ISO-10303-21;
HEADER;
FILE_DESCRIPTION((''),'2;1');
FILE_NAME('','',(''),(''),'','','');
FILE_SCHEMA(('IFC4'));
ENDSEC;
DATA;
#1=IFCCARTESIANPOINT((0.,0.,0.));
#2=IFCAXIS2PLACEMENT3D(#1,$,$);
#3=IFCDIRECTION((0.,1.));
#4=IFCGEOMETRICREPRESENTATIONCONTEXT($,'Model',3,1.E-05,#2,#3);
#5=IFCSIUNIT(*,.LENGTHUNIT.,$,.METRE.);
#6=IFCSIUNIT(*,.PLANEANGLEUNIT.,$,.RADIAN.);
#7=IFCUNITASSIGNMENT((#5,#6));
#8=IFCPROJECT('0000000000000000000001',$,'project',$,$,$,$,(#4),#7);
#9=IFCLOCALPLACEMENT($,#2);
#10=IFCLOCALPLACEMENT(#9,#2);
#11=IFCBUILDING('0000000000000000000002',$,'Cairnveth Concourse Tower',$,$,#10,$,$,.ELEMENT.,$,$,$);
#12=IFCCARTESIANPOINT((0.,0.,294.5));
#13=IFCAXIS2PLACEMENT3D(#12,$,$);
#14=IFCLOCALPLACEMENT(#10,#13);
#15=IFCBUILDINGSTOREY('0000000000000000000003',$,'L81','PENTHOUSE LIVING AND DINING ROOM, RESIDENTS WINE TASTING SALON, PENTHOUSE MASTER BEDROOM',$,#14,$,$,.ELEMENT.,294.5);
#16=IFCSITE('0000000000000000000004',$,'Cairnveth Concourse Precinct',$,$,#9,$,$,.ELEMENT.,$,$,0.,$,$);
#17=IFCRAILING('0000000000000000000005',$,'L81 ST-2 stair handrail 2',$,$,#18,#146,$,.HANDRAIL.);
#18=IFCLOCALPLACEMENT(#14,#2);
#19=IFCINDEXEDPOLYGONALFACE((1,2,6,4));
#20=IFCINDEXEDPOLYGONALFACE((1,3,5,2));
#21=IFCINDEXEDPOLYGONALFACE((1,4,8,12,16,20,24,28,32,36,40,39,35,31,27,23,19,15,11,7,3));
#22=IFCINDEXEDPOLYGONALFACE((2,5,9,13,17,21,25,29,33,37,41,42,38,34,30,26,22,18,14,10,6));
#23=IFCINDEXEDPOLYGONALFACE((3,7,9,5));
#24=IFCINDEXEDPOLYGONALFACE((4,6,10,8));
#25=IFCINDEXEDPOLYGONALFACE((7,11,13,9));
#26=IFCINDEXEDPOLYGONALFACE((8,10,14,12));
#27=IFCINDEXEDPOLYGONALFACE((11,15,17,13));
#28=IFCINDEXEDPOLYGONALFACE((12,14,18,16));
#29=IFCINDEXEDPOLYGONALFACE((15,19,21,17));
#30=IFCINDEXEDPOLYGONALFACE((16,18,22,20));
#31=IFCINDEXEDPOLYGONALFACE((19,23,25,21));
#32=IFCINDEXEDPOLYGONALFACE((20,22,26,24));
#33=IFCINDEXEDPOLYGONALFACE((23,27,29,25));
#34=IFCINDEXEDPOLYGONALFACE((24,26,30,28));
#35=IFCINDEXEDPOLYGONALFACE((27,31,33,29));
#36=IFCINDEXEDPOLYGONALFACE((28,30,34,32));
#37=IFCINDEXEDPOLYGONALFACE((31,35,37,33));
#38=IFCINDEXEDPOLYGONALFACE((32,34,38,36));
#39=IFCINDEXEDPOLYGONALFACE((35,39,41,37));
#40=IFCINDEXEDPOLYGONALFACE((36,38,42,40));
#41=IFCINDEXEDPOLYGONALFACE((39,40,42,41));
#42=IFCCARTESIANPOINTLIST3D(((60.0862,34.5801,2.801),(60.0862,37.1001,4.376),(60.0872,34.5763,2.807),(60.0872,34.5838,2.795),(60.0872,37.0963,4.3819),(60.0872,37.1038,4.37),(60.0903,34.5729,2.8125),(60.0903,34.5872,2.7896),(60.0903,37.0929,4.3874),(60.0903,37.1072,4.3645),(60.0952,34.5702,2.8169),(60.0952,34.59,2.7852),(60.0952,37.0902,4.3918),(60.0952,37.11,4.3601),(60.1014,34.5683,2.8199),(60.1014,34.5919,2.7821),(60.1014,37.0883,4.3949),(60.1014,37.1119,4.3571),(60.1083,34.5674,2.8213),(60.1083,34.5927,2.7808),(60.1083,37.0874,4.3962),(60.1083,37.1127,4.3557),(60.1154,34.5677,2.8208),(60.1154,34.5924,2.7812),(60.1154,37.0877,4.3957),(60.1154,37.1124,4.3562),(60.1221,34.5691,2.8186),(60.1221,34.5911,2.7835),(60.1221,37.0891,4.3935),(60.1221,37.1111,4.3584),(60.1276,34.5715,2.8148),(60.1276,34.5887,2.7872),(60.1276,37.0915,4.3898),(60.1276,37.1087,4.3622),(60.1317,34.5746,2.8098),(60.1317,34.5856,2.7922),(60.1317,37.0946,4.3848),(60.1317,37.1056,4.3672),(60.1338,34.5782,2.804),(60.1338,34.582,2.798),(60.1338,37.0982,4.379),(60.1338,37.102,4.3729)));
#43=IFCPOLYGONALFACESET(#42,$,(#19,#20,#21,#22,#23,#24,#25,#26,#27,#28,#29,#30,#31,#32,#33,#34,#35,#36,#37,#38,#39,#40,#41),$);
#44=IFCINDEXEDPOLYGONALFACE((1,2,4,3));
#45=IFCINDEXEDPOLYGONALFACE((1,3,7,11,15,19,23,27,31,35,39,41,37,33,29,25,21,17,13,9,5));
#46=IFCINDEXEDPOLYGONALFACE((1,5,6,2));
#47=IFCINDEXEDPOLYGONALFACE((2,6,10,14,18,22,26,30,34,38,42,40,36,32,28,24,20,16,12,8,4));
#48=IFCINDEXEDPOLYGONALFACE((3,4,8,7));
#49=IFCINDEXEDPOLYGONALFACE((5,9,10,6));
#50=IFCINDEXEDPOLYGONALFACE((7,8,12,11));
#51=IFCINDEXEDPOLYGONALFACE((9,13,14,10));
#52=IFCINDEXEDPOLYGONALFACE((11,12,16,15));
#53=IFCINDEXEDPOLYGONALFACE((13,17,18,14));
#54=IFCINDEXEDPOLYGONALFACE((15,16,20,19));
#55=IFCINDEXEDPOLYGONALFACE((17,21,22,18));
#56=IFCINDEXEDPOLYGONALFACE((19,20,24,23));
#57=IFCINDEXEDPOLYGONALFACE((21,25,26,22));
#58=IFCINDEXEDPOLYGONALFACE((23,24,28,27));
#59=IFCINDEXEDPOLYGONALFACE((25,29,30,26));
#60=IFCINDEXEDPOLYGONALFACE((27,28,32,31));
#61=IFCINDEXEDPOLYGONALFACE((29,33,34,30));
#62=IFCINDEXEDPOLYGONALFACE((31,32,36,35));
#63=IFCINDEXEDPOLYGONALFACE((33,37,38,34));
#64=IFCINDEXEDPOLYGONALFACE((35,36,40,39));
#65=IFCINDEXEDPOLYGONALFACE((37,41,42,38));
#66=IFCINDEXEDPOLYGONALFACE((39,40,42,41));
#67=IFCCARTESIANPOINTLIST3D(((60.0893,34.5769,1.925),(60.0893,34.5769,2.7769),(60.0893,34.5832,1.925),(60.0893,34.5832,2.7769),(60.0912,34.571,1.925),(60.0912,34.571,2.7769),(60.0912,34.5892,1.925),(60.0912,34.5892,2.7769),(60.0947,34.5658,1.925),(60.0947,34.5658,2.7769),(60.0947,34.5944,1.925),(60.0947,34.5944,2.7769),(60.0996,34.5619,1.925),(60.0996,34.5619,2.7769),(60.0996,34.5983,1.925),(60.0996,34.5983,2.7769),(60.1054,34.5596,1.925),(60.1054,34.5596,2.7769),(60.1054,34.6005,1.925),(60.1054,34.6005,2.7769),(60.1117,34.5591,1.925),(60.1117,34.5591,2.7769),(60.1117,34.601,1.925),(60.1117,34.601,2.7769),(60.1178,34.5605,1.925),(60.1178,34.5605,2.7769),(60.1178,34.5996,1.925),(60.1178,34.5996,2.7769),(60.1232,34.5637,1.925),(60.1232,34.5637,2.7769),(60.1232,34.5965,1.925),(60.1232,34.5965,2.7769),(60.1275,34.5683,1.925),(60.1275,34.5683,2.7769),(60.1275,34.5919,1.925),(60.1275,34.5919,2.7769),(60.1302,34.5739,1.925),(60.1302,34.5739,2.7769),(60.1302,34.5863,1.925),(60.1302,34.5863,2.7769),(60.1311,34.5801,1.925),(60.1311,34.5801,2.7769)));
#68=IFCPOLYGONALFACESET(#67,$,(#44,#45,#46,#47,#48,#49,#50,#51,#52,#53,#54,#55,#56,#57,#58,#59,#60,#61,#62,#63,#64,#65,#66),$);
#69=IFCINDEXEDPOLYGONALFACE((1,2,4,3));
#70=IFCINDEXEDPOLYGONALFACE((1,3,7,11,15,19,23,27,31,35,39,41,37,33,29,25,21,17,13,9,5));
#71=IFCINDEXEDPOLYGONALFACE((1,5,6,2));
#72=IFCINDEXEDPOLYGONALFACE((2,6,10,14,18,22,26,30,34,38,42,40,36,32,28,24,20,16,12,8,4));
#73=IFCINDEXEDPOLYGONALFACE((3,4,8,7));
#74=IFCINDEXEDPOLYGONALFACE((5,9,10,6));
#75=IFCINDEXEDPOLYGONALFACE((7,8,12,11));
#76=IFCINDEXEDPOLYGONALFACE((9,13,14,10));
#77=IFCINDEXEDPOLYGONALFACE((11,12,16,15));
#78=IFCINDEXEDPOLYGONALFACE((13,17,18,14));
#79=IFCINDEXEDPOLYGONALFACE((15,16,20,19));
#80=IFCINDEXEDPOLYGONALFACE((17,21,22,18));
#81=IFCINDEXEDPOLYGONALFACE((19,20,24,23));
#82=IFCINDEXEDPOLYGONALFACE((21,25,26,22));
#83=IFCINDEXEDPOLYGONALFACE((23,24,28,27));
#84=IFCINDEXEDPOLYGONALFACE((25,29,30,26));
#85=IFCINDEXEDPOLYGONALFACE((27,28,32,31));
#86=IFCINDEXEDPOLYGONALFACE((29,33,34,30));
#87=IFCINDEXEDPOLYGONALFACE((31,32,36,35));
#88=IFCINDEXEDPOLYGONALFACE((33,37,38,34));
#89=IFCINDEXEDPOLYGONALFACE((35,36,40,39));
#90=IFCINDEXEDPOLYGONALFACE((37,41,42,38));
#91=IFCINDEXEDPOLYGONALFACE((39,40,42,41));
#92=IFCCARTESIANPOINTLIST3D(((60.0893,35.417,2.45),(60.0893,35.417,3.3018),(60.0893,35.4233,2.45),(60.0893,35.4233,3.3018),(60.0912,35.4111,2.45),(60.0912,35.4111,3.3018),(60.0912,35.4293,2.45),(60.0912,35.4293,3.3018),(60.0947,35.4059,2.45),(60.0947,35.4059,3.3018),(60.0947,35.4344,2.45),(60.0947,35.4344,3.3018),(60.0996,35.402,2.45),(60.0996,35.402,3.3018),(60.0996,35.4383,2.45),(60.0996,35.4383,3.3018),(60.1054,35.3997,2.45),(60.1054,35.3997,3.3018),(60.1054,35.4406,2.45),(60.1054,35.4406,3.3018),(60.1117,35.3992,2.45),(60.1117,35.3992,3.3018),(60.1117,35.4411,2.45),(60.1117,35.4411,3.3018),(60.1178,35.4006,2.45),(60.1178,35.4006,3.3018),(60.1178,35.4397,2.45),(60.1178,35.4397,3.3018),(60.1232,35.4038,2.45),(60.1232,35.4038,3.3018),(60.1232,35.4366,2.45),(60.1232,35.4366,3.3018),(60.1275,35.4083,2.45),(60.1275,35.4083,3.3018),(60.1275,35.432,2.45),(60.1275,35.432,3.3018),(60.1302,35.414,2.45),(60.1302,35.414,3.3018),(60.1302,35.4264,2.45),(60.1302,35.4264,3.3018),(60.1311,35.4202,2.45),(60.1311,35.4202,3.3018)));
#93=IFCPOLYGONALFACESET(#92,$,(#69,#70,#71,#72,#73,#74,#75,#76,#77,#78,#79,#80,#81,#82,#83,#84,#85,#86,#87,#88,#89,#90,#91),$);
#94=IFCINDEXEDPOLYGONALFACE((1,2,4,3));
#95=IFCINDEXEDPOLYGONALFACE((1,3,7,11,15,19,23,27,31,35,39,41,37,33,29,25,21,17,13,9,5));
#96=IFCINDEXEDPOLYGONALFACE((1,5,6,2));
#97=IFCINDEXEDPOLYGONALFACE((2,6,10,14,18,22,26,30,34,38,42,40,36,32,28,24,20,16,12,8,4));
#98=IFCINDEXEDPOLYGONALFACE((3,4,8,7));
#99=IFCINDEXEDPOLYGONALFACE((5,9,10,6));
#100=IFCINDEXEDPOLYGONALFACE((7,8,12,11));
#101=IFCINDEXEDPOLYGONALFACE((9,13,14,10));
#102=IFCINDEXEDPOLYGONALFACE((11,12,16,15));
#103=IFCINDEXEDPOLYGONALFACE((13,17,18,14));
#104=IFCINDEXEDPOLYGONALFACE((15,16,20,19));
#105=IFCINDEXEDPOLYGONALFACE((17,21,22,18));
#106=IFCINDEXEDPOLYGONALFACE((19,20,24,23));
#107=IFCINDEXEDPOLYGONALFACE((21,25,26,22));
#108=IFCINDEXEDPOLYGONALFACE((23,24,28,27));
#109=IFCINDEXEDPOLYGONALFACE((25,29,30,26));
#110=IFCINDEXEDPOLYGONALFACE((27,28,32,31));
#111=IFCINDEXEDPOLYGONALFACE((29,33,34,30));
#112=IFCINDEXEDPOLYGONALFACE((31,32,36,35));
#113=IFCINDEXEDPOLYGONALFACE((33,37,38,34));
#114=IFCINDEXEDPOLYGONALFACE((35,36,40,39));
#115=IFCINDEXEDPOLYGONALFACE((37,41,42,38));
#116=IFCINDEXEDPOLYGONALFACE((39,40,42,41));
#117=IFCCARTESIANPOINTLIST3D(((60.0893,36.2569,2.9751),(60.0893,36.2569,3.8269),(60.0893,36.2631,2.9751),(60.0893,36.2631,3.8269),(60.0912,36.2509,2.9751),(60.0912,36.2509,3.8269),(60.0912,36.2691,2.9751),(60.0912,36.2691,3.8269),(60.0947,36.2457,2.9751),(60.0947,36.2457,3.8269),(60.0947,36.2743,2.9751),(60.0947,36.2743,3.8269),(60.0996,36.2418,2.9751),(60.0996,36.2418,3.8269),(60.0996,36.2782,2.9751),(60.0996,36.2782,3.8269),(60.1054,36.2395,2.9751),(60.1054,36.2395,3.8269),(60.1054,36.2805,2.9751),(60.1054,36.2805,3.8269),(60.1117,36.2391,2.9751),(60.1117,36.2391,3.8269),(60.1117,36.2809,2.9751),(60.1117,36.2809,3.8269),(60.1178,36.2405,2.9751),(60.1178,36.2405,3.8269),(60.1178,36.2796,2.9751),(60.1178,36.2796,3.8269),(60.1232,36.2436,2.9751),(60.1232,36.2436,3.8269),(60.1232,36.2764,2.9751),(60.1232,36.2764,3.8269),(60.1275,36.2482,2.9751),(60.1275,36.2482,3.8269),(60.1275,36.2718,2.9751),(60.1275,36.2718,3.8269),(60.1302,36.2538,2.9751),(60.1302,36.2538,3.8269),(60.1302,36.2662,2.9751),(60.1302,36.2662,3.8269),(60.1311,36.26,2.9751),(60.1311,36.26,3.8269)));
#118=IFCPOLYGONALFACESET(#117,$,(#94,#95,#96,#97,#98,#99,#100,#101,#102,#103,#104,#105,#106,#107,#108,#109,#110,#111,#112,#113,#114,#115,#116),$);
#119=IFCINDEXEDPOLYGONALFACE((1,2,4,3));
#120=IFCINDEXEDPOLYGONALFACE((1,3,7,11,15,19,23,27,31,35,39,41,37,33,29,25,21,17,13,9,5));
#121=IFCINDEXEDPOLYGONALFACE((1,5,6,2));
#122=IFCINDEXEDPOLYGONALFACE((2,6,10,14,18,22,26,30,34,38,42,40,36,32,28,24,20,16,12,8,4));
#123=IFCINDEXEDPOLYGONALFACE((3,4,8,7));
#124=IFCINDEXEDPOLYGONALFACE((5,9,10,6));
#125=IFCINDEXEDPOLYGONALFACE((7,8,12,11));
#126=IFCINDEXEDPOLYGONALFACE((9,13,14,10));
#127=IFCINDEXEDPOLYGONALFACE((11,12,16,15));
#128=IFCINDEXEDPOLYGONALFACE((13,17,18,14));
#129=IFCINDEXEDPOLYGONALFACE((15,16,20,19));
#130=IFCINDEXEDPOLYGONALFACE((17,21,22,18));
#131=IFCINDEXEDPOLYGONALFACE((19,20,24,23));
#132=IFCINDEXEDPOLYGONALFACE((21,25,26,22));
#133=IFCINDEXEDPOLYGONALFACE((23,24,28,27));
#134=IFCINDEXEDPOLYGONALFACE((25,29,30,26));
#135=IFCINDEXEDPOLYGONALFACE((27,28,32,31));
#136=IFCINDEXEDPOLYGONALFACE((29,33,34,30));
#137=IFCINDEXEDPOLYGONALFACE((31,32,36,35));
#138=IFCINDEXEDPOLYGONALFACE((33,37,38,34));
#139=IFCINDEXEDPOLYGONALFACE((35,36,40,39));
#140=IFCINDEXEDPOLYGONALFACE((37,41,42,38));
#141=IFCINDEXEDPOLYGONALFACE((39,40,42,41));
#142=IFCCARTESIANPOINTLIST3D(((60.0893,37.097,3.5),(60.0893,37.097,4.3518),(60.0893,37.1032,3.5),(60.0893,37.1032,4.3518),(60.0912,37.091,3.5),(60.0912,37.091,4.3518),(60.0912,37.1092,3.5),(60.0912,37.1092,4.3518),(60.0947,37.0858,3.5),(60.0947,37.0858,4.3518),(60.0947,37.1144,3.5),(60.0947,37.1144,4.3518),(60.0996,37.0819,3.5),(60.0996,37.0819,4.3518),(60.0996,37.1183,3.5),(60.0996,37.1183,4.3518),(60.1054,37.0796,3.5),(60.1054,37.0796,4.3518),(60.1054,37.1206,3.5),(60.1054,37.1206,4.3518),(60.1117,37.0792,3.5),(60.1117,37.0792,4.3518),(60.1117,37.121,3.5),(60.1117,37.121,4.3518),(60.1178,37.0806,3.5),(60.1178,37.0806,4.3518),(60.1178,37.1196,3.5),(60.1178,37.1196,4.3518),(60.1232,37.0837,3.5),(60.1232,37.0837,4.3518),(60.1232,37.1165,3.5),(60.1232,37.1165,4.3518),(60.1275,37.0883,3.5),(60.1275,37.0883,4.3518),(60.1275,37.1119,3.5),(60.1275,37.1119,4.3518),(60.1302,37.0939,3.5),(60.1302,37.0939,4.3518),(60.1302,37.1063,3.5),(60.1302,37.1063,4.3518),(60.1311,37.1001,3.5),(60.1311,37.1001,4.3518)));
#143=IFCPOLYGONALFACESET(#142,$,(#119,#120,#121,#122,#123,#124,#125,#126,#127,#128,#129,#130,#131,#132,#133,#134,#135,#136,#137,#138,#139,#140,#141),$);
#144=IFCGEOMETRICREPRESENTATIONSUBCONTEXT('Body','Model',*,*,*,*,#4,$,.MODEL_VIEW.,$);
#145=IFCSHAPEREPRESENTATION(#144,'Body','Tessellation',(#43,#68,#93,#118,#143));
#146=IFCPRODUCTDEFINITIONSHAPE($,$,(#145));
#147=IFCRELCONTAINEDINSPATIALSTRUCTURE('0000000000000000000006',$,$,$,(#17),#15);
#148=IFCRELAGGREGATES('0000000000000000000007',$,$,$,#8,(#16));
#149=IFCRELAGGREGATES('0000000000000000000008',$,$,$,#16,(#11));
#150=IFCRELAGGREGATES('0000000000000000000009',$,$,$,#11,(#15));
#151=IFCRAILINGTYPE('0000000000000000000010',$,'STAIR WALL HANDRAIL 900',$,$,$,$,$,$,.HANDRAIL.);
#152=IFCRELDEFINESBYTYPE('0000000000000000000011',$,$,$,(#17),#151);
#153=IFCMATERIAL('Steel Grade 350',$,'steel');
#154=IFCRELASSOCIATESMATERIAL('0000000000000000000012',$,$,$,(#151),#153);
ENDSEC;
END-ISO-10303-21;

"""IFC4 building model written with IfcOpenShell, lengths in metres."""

from ifc_helpers import new_model, si_unit, direction, frame, origin, origin_2d, place, context, subcontext, project, spatial, circle, extrude, material, type_object, element, save


model = new_model("IFC4")

# Units and contexts
model_context = context("Model", 3, precision=1e-05, world=origin(), true_north=direction((0.0, 1.0)))
body_context = subcontext(model_context, "Body", "Model", "MODEL_VIEW")
ifc_project = project(units=[si_unit("LENGTHUNIT", "METRE"), si_unit("PLANEANGLEUNIT", "RADIAN")], contexts=[model_context])

# Site, building, storey
site_placement = place(None, origin())
site = spatial("IfcSite", under=ifc_project, at=site_placement, Name="Cairnveth Concourse Precinct", CompositionType="ELEMENT", RefElevation=0.0)
building_placement = place(site_placement, origin())
building = spatial("IfcBuilding", under=site, at=building_placement, Name="Cairnveth Concourse Tower", CompositionType="ELEMENT")
storey_placement = place(building_placement, frame((0.0, 0.0, 294.5)))
storey = spatial("IfcBuildingStorey", under=building, at=storey_placement, Name="L81", Description="PENTHOUSE LIVING AND DINING ROOM, RESIDENTS WINE TASTING SALON, PENTHOUSE MASTER BEDROOM", CompositionType="ELEMENT", Elevation=294.5)

# Shared definitions
ifc_material_1 = material(Name="Steel Grade 350", Category="steel")

# Railing
railing_type_1 = type_object("IfcRailingType", Name="STAIR WALL HANDRAIL 900", PredefinedType="HANDRAIL", material=ifc_material_1)
railing_1_placement = place(storey_placement, frame((60.1101, 34.5801, 1.925)))
element("IfcRailing", 1, at=railing_1_placement, inside=storey, type_object=railing_type_1, Name="L81 ST-2 stair handrail 2", PredefinedType="HANDRAIL", context=body_context, shape_type="SweptSolid", body=[
    extrude(circle(Radius=0.0239, at=origin_2d()), frame((0.0, 0.0, 0.876), z_axis=(0.0, 0.848008, 0.529984), x_axis=(-1.0, 0.0, 0.0)), (0.0, 0.0, 1.0), 2.9717),
    extrude(circle(Radius=0.021, at=origin_2d()), origin(), (0.0, 0.0, 1.0), 0.8518),
    extrude(circle(Radius=0.021, at=origin_2d()), frame((0.0, 0.8401, 0.5249)), (0.0, 0.0, 1.0), 0.8518),
    extrude(circle(Radius=0.021, at=origin_2d()), frame((0.0, 1.6799, 1.05)), (0.0, 0.0, 1.0), 0.8518),
    extrude(circle(Radius=0.021, at=origin_2d()), frame((0.0, 2.52, 1.575)), (0.0, 0.0, 1.0), 0.8518),
])

save(model, "model.ifc")
